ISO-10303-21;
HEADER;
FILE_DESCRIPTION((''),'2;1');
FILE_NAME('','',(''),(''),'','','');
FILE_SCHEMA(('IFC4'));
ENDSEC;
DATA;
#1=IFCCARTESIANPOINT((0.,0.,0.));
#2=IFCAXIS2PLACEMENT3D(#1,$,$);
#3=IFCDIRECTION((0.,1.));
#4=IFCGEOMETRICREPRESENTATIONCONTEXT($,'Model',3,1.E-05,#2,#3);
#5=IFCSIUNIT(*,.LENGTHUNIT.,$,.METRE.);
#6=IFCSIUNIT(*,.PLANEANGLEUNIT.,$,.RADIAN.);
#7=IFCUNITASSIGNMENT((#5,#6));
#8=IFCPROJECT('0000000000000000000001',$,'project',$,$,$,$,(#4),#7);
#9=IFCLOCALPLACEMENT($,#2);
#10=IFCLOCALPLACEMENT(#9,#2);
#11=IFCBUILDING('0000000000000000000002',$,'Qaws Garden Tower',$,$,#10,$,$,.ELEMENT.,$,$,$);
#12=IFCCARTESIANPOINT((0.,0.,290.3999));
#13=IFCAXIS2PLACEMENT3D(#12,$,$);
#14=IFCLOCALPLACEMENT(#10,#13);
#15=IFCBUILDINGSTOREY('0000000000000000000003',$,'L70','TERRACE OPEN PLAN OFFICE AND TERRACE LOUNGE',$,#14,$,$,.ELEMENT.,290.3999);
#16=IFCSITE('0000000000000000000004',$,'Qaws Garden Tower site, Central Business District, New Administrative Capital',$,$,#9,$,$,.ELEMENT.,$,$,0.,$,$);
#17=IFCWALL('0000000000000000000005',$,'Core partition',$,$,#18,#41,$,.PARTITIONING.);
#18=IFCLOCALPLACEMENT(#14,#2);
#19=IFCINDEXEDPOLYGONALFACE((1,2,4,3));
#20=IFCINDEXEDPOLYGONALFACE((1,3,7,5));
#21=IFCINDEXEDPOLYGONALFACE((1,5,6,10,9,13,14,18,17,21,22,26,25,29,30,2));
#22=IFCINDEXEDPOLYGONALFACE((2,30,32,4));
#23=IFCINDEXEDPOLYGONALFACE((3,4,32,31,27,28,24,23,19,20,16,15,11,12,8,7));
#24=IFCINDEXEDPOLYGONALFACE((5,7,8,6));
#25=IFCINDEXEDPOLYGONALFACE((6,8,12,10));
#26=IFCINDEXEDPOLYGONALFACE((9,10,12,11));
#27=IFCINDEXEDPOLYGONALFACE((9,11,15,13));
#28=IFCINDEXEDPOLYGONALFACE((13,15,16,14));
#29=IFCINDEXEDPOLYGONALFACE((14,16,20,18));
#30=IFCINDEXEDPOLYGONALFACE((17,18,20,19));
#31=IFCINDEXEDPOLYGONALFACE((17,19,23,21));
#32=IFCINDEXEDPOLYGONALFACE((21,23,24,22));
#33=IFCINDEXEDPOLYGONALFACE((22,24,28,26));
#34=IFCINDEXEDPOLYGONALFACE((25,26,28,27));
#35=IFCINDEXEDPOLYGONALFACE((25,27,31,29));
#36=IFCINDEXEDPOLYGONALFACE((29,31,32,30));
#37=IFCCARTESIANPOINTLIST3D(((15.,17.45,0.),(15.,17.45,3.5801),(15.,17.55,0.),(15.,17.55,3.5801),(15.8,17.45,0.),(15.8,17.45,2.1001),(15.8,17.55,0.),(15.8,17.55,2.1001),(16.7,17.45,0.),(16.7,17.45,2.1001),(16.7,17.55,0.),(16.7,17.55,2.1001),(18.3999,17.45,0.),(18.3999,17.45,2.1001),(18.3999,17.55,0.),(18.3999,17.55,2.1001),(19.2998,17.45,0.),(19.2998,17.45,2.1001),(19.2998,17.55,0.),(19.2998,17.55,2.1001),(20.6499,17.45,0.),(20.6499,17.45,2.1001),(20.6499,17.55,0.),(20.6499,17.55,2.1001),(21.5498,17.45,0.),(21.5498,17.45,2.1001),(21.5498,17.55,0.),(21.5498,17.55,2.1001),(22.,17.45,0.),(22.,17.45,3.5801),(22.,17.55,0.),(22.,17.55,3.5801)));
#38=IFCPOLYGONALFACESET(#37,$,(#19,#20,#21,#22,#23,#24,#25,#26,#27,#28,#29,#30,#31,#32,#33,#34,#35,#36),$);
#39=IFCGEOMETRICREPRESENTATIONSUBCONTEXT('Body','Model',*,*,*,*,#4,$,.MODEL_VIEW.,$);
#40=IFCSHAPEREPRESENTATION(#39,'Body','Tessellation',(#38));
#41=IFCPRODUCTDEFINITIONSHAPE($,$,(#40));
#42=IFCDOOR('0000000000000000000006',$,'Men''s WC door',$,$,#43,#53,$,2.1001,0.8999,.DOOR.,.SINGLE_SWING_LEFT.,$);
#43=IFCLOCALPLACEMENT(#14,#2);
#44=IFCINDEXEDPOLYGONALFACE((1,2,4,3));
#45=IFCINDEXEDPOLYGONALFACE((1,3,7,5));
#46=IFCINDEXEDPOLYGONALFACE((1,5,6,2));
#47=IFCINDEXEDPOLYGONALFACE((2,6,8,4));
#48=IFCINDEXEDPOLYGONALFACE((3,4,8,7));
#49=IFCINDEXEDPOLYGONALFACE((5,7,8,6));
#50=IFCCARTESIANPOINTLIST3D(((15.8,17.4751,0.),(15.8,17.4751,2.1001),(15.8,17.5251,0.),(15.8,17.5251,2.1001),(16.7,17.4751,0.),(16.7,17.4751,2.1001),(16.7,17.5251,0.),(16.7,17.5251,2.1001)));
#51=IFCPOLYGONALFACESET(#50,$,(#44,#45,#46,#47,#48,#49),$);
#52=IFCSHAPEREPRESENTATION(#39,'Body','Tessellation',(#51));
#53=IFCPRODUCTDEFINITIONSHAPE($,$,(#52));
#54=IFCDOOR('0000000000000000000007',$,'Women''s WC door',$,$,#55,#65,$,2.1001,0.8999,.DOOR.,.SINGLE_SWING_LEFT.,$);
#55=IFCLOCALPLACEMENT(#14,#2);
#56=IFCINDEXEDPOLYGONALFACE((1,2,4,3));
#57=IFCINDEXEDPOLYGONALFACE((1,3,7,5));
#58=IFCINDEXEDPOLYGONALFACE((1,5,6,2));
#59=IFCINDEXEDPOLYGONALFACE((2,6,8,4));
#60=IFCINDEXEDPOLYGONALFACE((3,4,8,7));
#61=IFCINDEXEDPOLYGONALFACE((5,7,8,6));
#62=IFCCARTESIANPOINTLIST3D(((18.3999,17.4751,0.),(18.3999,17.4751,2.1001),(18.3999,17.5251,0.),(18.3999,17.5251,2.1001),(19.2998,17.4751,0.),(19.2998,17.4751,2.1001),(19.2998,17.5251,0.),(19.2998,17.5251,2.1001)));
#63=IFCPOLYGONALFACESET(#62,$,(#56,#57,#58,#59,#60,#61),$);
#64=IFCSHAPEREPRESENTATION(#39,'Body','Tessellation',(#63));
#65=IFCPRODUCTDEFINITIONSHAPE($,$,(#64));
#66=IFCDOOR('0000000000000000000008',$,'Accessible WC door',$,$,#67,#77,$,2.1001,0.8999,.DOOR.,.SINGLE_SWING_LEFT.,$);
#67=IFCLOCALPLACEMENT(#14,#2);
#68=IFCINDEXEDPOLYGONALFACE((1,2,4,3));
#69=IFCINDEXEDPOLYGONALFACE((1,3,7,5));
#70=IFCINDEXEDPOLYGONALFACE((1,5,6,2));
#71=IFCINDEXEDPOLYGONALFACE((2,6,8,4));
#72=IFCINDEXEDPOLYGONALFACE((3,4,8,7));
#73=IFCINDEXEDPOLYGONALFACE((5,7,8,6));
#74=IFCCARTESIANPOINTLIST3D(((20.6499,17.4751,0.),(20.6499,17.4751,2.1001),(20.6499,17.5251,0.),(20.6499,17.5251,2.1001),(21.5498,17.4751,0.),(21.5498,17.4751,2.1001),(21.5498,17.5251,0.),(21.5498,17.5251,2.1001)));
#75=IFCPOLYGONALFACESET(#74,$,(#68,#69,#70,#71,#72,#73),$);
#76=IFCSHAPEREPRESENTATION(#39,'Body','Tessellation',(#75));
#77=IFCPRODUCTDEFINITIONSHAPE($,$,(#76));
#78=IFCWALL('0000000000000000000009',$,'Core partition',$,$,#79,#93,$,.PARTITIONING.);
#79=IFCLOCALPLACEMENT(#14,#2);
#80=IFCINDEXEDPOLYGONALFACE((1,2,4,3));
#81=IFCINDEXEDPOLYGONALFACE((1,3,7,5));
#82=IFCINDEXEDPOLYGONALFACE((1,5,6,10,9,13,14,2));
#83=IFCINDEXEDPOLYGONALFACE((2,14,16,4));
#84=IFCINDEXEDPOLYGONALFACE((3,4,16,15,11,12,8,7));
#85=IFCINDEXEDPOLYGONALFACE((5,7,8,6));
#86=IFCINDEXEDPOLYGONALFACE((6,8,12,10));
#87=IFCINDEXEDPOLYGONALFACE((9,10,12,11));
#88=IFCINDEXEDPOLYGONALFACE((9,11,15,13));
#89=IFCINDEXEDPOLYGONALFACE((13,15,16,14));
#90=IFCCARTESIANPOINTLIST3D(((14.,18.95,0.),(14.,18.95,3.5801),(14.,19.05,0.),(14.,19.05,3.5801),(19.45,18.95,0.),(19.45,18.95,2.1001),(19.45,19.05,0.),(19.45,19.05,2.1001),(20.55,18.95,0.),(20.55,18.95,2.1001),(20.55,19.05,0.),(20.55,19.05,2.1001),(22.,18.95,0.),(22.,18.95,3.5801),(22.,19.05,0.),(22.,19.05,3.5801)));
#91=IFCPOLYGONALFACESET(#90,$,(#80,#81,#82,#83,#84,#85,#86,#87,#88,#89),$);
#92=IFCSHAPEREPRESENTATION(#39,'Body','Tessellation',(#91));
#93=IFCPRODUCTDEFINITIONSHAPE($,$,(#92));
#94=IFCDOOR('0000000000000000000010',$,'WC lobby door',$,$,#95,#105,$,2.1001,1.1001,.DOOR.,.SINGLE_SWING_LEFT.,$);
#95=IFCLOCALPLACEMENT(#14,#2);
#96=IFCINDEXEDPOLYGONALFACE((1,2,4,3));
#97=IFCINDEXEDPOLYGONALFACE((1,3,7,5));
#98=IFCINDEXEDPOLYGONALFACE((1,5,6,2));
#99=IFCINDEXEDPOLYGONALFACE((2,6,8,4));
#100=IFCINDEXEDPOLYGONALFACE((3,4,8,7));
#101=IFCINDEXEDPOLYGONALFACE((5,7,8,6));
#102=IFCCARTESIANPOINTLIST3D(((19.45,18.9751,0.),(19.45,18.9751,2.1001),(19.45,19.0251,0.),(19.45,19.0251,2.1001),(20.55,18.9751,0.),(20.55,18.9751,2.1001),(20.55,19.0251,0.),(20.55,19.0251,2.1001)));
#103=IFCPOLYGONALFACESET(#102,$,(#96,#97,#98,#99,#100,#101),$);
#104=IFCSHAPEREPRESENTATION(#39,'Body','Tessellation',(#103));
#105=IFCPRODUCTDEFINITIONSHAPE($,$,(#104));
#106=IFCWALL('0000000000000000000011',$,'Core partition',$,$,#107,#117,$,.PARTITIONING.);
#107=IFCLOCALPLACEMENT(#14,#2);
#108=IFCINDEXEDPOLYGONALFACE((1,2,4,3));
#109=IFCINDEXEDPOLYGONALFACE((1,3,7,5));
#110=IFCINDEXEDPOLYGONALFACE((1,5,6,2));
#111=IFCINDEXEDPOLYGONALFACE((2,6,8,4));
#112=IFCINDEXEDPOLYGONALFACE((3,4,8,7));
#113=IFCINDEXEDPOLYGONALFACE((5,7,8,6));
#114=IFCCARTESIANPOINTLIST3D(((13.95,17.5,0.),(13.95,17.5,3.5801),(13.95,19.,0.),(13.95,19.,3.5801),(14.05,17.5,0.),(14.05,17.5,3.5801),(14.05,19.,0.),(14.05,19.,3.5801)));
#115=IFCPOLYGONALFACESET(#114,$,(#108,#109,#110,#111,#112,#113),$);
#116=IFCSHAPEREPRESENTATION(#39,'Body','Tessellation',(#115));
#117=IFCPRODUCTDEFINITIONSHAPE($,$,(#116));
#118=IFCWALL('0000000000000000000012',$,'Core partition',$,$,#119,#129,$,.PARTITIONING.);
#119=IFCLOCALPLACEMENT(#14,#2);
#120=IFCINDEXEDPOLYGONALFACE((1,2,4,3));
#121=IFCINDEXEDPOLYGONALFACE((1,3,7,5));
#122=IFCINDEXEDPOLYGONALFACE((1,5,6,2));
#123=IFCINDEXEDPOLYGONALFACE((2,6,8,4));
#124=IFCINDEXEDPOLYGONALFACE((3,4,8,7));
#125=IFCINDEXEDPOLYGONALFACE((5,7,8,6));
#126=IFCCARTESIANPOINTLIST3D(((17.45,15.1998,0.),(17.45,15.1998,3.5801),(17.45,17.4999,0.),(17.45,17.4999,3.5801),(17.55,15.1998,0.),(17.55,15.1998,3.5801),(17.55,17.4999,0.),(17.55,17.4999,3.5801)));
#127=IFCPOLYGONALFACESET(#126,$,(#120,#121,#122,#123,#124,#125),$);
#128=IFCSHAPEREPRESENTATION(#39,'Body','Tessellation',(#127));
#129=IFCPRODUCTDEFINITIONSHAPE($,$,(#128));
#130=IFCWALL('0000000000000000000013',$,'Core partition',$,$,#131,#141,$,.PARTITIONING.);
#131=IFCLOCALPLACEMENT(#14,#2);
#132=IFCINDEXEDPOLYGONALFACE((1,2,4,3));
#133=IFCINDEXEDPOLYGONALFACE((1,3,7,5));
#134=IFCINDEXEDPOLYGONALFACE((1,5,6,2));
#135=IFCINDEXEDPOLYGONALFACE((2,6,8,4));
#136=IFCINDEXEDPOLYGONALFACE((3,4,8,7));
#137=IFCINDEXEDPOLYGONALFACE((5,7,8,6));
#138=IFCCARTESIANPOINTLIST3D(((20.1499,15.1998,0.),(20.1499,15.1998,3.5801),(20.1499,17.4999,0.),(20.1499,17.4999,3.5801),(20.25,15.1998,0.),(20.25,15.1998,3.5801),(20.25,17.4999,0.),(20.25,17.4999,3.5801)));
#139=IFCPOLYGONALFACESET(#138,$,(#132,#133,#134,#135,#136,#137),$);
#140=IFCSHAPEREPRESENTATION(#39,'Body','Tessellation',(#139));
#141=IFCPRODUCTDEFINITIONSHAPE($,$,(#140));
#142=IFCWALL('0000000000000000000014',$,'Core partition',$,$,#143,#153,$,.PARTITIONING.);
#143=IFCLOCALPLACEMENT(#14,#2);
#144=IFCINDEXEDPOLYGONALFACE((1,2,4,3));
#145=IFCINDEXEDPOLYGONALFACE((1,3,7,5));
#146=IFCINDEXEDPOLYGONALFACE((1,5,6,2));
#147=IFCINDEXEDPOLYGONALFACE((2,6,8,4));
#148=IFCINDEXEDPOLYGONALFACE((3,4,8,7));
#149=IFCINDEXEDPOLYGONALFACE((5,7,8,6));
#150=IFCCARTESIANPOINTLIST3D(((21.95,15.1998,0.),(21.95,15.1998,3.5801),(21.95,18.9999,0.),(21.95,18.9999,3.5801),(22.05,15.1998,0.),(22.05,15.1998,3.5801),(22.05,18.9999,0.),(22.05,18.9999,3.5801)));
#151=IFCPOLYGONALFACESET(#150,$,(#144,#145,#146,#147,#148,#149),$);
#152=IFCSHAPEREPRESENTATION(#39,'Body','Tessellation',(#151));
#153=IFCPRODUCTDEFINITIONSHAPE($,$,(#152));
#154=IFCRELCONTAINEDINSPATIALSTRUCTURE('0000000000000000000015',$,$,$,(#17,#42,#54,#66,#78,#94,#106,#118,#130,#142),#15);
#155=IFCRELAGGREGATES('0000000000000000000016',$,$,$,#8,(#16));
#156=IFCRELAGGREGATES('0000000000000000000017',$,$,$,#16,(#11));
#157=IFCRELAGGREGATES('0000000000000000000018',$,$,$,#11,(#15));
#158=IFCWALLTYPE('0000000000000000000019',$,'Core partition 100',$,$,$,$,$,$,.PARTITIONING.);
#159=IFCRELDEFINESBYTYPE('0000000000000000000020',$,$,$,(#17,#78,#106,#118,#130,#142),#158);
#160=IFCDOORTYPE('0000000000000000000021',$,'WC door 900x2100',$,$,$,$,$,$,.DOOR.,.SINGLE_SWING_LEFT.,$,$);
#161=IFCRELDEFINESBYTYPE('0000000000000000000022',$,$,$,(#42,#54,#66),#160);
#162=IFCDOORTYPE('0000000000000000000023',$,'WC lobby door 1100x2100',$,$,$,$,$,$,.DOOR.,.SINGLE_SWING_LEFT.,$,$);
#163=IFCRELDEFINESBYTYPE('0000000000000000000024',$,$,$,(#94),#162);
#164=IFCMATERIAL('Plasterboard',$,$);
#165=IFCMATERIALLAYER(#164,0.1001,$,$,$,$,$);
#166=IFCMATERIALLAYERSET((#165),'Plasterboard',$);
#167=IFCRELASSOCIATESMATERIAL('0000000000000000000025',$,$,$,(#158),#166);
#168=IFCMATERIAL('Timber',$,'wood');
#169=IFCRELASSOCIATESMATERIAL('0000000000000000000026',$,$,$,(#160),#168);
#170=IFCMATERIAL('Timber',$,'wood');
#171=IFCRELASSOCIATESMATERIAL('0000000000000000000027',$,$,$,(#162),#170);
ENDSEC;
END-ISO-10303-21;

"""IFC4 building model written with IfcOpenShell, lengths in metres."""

from ifc_helpers import new_model, si_unit, direction, frame, frame_2d, origin, place, context, subcontext, project, spatial, rectangle, extrude, material, layer, layer_set, type_object, element, fill, save


model = new_model("IFC4")

# Units and contexts
model_context = context("Model", 3, precision=1e-05, world=origin(), true_north=direction((0.0, 1.0)))
body_context = subcontext(model_context, "Body", "Model", "MODEL_VIEW")
ifc_project = project(units=[si_unit("LENGTHUNIT", "METRE"), si_unit("PLANEANGLEUNIT", "RADIAN")], contexts=[model_context])

# Site, building, storey
site_placement = place(None, origin())
site = spatial("IfcSite", under=ifc_project, at=site_placement, Name="Qaws Garden Tower site, Central Business District, New Administrative Capital", CompositionType="ELEMENT", RefElevation=0.0)
building_placement = place(site_placement, origin())
building = spatial("IfcBuilding", under=site, at=building_placement, Name="Qaws Garden Tower", CompositionType="ELEMENT")
storey_placement = place(building_placement, frame((0.0, 0.0, 290.3999)))
storey = spatial("IfcBuildingStorey", under=building, at=storey_placement, Name="L70", Description="TERRACE OPEN PLAN OFFICE AND TERRACE LOUNGE", CompositionType="ELEMENT", Elevation=290.3999)

# Wall, openings, doors
ifc_material_1 = material(Name="Plasterboard")
ifc_layer_1 = layer(ifc_material_1, 0.1001)
ifc_layer_set_1 = layer_set([ifc_layer_1], Name="Plasterboard")
wall_type_1 = type_object("IfcWallType", Name="Core partition 100", PredefinedType="PARTITIONING", material=ifc_layer_set_1)
wall_1_placement = place(storey_placement, frame((15.0, 17.5, 0.0), z_axis=(0.0, 0.0, 1.0), x_axis=(1.0, 0.0, 0.0)))
wall_1 = element("IfcWall", 1, at=wall_1_placement, inside=storey, type_object=wall_type_1, Name="Core partition", PredefinedType="PARTITIONING", context=body_context, shape_type="SweptSolid", body=[
    extrude(rectangle(XDim=7.0, YDim=0.1001, at=frame_2d((3.5, 0.0))), origin(), (0.0, 0.0, 1.0), 3.5801),
])
opening_1_placement = place(wall_1_placement, frame((0.8, 0.0, 0.0)))
opening_1 = element("IfcOpeningElement", 2, at=opening_1_placement, cuts=wall_1, PredefinedType="OPENING", context=body_context, shape_type="SweptSolid", body=[
    extrude(rectangle(XDim=0.8999, YDim=2.1001, at=frame_2d((0.45, 1.05))), frame((0.0, 0.0601, 0.0), z_axis=(0.0, -1.0, 0.0), x_axis=(1.0, 0.0, 0.0)), (0.0, 0.0, 1.0), 0.1201),
])
opening_2_placement = place(wall_1_placement, frame((3.3999, 0.0, 0.0)))
opening_2 = element("IfcOpeningElement", 3, at=opening_2_placement, cuts=wall_1, PredefinedType="OPENING", context=body_context, shape_type="SweptSolid", body=[
    extrude(rectangle(XDim=0.8999, YDim=2.1001, at=frame_2d((0.45, 1.05))), frame((0.0, 0.0601, 0.0), z_axis=(0.0, -1.0, 0.0), x_axis=(1.0, 0.0, 0.0)), (0.0, 0.0, 1.0), 0.1201),
])
opening_3_placement = place(wall_1_placement, frame((5.6499, 0.0, 0.0)))
opening_3 = element("IfcOpeningElement", 4, at=opening_3_placement, cuts=wall_1, PredefinedType="OPENING", context=body_context, shape_type="SweptSolid", body=[
    extrude(rectangle(XDim=0.8999, YDim=2.1001, at=frame_2d((0.45, 1.05))), frame((0.0, 0.0601, 0.0), z_axis=(0.0, -1.0, 0.0), x_axis=(1.0, 0.0, 0.0)), (0.0, 0.0, 1.0), 0.1201),
])
ifc_material_2 = material(Name="Timber", Category="wood")
door_type_1 = type_object("IfcDoorType", Name="WC door 900x2100", OperationType="SINGLE_SWING_LEFT", PredefinedType="DOOR", material=ifc_material_2)
door_1_placement = place(opening_1_placement, frame((0.8999, 0.0, 0.0), z_axis=(0.0, 0.0, 1.0), x_axis=(-1.0, 0.0, 0.0)))
door_1 = element("IfcDoor", 5, at=door_1_placement, inside=storey, type_object=door_type_1, Name="Men's WC door", OperationType="SINGLE_SWING_LEFT", OverallHeight=2.1001, OverallWidth=0.8999, PredefinedType="DOOR", context=body_context, shape_type="SweptSolid", body=[
    extrude(rectangle(XDim=0.8999, YDim=2.1001, at=frame_2d((0.45, 1.05))), frame((0.0, 0.0249, 0.0), z_axis=(0.0, -1.0, 0.0), x_axis=(1.0, 0.0, 0.0)), (0.0, 0.0, 1.0), 0.05),
])
fill(opening_1, door_1)
door_2_placement = place(opening_2_placement, frame((0.8999, 0.0, 0.0), z_axis=(0.0, 0.0, 1.0), x_axis=(-1.0, 0.0, 0.0)))
door_2 = element("IfcDoor", 6, at=door_2_placement, inside=storey, type_object=door_type_1, Name="Women's WC door", OperationType="SINGLE_SWING_LEFT", OverallHeight=2.1001, OverallWidth=0.8999, PredefinedType="DOOR", context=body_context, shape_type="SweptSolid", body=[
    extrude(rectangle(XDim=0.8999, YDim=2.1001, at=frame_2d((0.45, 1.05))), frame((0.0, 0.0249, 0.0), z_axis=(0.0, -1.0, 0.0), x_axis=(1.0, 0.0, 0.0)), (0.0, 0.0, 1.0), 0.05),
])
fill(opening_2, door_2)
door_3_placement = place(opening_3_placement, frame((0.8999, 0.0, 0.0), z_axis=(0.0, 0.0, 1.0), x_axis=(-1.0, 0.0, 0.0)))
door_3 = element("IfcDoor", 7, at=door_3_placement, inside=storey, type_object=door_type_1, Name="Accessible WC door", OperationType="SINGLE_SWING_LEFT", OverallHeight=2.1001, OverallWidth=0.8999, PredefinedType="DOOR", context=body_context, shape_type="SweptSolid", body=[
    extrude(rectangle(XDim=0.8999, YDim=2.1001, at=frame_2d((0.45, 1.05))), frame((0.0, 0.0249, 0.0), z_axis=(0.0, -1.0, 0.0), x_axis=(1.0, 0.0, 0.0)), (0.0, 0.0, 1.0), 0.05),
])
fill(opening_3, door_3)

# Wall, opening, door
wall_2_placement = place(storey_placement, frame((14.0, 19.0, 0.0), z_axis=(0.0, 0.0, 1.0), x_axis=(1.0, 0.0, 0.0)))
wall_2 = element("IfcWall", 8, at=wall_2_placement, inside=storey, type_object=wall_type_1, Name="Core partition", PredefinedType="PARTITIONING", context=body_context, shape_type="SweptSolid", body=[
    extrude(rectangle(XDim=8.0, YDim=0.1001, at=frame_2d((4.0, 0.0))), origin(), (0.0, 0.0, 1.0), 3.5801),
])
opening_4_placement = place(wall_2_placement, frame((5.45, 0.0, 0.0)))
opening_4 = element("IfcOpeningElement", 9, at=opening_4_placement, cuts=wall_2, PredefinedType="OPENING", context=body_context, shape_type="SweptSolid", body=[
    extrude(rectangle(XDim=1.1001, YDim=2.1001, at=frame_2d((0.55, 1.05))), frame((0.0, 0.0601, 0.0), z_axis=(0.0, -1.0, 0.0), x_axis=(1.0, 0.0, 0.0)), (0.0, 0.0, 1.0), 0.1201),
])
ifc_material_3 = material(Name="Timber", Category="wood")
door_type_2 = type_object("IfcDoorType", Name="WC lobby door 1100x2100", OperationType="SINGLE_SWING_LEFT", PredefinedType="DOOR", material=ifc_material_3)
door_4_placement = place(opening_4_placement, frame((1.1001, 0.0, 0.0), z_axis=(0.0, 0.0, 1.0), x_axis=(-1.0, 0.0, 0.0)))
door_4 = element("IfcDoor", 10, at=door_4_placement, inside=storey, type_object=door_type_2, Name="WC lobby door", OperationType="SINGLE_SWING_LEFT", OverallHeight=2.1001, OverallWidth=1.1001, PredefinedType="DOOR", context=body_context, shape_type="SweptSolid", body=[
    extrude(rectangle(XDim=1.1001, YDim=2.1001, at=frame_2d((0.55, 1.05))), frame((0.0, 0.0249, 0.0), z_axis=(0.0, -1.0, 0.0), x_axis=(1.0, 0.0, 0.0)), (0.0, 0.0, 1.0), 0.05),
])
fill(opening_4, door_4)

# Walls
wall_3_placement = place(storey_placement, frame((14.0, 17.5, 0.0), z_axis=(0.0, 0.0, 1.0), x_axis=(0.0, 1.0, 0.0)))
element("IfcWall", 11, at=wall_3_placement, inside=storey, type_object=wall_type_1, Name="Core partition", PredefinedType="PARTITIONING", context=body_context, shape_type="SweptSolid", body=[
    extrude(rectangle(XDim=1.5, YDim=0.1001, at=frame_2d((0.75, 0.0))), origin(), (0.0, 0.0, 1.0), 3.5801),
])
for number, where, z_axis, x_axis, name in (
    (12, (17.5, 15.2, 0.0), (0.0, 0.0, 1.0), (0.0, 1.0, 0.0), "Core partition"),
    (13, (20.2, 15.2, 0.0), (0.0, 0.0, 1.0), (0.0, 1.0, 0.0), "Core partition"),
):
    element("IfcWall", number, at=place(storey_placement, frame(where, z_axis=z_axis, x_axis=x_axis)), inside=storey, type_object=wall_type_1, Name=name, PredefinedType="PARTITIONING", context=body_context, shape_type="SweptSolid", body=[
        extrude(rectangle(XDim=2.3, YDim=0.1001, at=frame_2d((1.1499, 0.0))), origin(), (0.0, 0.0, 1.0), 3.5801),
    ])
wall_4_placement = place(storey_placement, frame((22.0, 15.2, 0.0), z_axis=(0.0, 0.0, 1.0), x_axis=(0.0, 1.0, 0.0)))
element("IfcWall", 14, at=wall_4_placement, inside=storey, type_object=wall_type_1, Name="Core partition", PredefinedType="PARTITIONING", context=body_context, shape_type="SweptSolid", body=[
    extrude(rectangle(XDim=3.8, YDim=0.1001, at=frame_2d((1.8999, 0.0))), origin(), (0.0, 0.0, 1.0), 3.5801),
])

save(model, "model.ifc")
